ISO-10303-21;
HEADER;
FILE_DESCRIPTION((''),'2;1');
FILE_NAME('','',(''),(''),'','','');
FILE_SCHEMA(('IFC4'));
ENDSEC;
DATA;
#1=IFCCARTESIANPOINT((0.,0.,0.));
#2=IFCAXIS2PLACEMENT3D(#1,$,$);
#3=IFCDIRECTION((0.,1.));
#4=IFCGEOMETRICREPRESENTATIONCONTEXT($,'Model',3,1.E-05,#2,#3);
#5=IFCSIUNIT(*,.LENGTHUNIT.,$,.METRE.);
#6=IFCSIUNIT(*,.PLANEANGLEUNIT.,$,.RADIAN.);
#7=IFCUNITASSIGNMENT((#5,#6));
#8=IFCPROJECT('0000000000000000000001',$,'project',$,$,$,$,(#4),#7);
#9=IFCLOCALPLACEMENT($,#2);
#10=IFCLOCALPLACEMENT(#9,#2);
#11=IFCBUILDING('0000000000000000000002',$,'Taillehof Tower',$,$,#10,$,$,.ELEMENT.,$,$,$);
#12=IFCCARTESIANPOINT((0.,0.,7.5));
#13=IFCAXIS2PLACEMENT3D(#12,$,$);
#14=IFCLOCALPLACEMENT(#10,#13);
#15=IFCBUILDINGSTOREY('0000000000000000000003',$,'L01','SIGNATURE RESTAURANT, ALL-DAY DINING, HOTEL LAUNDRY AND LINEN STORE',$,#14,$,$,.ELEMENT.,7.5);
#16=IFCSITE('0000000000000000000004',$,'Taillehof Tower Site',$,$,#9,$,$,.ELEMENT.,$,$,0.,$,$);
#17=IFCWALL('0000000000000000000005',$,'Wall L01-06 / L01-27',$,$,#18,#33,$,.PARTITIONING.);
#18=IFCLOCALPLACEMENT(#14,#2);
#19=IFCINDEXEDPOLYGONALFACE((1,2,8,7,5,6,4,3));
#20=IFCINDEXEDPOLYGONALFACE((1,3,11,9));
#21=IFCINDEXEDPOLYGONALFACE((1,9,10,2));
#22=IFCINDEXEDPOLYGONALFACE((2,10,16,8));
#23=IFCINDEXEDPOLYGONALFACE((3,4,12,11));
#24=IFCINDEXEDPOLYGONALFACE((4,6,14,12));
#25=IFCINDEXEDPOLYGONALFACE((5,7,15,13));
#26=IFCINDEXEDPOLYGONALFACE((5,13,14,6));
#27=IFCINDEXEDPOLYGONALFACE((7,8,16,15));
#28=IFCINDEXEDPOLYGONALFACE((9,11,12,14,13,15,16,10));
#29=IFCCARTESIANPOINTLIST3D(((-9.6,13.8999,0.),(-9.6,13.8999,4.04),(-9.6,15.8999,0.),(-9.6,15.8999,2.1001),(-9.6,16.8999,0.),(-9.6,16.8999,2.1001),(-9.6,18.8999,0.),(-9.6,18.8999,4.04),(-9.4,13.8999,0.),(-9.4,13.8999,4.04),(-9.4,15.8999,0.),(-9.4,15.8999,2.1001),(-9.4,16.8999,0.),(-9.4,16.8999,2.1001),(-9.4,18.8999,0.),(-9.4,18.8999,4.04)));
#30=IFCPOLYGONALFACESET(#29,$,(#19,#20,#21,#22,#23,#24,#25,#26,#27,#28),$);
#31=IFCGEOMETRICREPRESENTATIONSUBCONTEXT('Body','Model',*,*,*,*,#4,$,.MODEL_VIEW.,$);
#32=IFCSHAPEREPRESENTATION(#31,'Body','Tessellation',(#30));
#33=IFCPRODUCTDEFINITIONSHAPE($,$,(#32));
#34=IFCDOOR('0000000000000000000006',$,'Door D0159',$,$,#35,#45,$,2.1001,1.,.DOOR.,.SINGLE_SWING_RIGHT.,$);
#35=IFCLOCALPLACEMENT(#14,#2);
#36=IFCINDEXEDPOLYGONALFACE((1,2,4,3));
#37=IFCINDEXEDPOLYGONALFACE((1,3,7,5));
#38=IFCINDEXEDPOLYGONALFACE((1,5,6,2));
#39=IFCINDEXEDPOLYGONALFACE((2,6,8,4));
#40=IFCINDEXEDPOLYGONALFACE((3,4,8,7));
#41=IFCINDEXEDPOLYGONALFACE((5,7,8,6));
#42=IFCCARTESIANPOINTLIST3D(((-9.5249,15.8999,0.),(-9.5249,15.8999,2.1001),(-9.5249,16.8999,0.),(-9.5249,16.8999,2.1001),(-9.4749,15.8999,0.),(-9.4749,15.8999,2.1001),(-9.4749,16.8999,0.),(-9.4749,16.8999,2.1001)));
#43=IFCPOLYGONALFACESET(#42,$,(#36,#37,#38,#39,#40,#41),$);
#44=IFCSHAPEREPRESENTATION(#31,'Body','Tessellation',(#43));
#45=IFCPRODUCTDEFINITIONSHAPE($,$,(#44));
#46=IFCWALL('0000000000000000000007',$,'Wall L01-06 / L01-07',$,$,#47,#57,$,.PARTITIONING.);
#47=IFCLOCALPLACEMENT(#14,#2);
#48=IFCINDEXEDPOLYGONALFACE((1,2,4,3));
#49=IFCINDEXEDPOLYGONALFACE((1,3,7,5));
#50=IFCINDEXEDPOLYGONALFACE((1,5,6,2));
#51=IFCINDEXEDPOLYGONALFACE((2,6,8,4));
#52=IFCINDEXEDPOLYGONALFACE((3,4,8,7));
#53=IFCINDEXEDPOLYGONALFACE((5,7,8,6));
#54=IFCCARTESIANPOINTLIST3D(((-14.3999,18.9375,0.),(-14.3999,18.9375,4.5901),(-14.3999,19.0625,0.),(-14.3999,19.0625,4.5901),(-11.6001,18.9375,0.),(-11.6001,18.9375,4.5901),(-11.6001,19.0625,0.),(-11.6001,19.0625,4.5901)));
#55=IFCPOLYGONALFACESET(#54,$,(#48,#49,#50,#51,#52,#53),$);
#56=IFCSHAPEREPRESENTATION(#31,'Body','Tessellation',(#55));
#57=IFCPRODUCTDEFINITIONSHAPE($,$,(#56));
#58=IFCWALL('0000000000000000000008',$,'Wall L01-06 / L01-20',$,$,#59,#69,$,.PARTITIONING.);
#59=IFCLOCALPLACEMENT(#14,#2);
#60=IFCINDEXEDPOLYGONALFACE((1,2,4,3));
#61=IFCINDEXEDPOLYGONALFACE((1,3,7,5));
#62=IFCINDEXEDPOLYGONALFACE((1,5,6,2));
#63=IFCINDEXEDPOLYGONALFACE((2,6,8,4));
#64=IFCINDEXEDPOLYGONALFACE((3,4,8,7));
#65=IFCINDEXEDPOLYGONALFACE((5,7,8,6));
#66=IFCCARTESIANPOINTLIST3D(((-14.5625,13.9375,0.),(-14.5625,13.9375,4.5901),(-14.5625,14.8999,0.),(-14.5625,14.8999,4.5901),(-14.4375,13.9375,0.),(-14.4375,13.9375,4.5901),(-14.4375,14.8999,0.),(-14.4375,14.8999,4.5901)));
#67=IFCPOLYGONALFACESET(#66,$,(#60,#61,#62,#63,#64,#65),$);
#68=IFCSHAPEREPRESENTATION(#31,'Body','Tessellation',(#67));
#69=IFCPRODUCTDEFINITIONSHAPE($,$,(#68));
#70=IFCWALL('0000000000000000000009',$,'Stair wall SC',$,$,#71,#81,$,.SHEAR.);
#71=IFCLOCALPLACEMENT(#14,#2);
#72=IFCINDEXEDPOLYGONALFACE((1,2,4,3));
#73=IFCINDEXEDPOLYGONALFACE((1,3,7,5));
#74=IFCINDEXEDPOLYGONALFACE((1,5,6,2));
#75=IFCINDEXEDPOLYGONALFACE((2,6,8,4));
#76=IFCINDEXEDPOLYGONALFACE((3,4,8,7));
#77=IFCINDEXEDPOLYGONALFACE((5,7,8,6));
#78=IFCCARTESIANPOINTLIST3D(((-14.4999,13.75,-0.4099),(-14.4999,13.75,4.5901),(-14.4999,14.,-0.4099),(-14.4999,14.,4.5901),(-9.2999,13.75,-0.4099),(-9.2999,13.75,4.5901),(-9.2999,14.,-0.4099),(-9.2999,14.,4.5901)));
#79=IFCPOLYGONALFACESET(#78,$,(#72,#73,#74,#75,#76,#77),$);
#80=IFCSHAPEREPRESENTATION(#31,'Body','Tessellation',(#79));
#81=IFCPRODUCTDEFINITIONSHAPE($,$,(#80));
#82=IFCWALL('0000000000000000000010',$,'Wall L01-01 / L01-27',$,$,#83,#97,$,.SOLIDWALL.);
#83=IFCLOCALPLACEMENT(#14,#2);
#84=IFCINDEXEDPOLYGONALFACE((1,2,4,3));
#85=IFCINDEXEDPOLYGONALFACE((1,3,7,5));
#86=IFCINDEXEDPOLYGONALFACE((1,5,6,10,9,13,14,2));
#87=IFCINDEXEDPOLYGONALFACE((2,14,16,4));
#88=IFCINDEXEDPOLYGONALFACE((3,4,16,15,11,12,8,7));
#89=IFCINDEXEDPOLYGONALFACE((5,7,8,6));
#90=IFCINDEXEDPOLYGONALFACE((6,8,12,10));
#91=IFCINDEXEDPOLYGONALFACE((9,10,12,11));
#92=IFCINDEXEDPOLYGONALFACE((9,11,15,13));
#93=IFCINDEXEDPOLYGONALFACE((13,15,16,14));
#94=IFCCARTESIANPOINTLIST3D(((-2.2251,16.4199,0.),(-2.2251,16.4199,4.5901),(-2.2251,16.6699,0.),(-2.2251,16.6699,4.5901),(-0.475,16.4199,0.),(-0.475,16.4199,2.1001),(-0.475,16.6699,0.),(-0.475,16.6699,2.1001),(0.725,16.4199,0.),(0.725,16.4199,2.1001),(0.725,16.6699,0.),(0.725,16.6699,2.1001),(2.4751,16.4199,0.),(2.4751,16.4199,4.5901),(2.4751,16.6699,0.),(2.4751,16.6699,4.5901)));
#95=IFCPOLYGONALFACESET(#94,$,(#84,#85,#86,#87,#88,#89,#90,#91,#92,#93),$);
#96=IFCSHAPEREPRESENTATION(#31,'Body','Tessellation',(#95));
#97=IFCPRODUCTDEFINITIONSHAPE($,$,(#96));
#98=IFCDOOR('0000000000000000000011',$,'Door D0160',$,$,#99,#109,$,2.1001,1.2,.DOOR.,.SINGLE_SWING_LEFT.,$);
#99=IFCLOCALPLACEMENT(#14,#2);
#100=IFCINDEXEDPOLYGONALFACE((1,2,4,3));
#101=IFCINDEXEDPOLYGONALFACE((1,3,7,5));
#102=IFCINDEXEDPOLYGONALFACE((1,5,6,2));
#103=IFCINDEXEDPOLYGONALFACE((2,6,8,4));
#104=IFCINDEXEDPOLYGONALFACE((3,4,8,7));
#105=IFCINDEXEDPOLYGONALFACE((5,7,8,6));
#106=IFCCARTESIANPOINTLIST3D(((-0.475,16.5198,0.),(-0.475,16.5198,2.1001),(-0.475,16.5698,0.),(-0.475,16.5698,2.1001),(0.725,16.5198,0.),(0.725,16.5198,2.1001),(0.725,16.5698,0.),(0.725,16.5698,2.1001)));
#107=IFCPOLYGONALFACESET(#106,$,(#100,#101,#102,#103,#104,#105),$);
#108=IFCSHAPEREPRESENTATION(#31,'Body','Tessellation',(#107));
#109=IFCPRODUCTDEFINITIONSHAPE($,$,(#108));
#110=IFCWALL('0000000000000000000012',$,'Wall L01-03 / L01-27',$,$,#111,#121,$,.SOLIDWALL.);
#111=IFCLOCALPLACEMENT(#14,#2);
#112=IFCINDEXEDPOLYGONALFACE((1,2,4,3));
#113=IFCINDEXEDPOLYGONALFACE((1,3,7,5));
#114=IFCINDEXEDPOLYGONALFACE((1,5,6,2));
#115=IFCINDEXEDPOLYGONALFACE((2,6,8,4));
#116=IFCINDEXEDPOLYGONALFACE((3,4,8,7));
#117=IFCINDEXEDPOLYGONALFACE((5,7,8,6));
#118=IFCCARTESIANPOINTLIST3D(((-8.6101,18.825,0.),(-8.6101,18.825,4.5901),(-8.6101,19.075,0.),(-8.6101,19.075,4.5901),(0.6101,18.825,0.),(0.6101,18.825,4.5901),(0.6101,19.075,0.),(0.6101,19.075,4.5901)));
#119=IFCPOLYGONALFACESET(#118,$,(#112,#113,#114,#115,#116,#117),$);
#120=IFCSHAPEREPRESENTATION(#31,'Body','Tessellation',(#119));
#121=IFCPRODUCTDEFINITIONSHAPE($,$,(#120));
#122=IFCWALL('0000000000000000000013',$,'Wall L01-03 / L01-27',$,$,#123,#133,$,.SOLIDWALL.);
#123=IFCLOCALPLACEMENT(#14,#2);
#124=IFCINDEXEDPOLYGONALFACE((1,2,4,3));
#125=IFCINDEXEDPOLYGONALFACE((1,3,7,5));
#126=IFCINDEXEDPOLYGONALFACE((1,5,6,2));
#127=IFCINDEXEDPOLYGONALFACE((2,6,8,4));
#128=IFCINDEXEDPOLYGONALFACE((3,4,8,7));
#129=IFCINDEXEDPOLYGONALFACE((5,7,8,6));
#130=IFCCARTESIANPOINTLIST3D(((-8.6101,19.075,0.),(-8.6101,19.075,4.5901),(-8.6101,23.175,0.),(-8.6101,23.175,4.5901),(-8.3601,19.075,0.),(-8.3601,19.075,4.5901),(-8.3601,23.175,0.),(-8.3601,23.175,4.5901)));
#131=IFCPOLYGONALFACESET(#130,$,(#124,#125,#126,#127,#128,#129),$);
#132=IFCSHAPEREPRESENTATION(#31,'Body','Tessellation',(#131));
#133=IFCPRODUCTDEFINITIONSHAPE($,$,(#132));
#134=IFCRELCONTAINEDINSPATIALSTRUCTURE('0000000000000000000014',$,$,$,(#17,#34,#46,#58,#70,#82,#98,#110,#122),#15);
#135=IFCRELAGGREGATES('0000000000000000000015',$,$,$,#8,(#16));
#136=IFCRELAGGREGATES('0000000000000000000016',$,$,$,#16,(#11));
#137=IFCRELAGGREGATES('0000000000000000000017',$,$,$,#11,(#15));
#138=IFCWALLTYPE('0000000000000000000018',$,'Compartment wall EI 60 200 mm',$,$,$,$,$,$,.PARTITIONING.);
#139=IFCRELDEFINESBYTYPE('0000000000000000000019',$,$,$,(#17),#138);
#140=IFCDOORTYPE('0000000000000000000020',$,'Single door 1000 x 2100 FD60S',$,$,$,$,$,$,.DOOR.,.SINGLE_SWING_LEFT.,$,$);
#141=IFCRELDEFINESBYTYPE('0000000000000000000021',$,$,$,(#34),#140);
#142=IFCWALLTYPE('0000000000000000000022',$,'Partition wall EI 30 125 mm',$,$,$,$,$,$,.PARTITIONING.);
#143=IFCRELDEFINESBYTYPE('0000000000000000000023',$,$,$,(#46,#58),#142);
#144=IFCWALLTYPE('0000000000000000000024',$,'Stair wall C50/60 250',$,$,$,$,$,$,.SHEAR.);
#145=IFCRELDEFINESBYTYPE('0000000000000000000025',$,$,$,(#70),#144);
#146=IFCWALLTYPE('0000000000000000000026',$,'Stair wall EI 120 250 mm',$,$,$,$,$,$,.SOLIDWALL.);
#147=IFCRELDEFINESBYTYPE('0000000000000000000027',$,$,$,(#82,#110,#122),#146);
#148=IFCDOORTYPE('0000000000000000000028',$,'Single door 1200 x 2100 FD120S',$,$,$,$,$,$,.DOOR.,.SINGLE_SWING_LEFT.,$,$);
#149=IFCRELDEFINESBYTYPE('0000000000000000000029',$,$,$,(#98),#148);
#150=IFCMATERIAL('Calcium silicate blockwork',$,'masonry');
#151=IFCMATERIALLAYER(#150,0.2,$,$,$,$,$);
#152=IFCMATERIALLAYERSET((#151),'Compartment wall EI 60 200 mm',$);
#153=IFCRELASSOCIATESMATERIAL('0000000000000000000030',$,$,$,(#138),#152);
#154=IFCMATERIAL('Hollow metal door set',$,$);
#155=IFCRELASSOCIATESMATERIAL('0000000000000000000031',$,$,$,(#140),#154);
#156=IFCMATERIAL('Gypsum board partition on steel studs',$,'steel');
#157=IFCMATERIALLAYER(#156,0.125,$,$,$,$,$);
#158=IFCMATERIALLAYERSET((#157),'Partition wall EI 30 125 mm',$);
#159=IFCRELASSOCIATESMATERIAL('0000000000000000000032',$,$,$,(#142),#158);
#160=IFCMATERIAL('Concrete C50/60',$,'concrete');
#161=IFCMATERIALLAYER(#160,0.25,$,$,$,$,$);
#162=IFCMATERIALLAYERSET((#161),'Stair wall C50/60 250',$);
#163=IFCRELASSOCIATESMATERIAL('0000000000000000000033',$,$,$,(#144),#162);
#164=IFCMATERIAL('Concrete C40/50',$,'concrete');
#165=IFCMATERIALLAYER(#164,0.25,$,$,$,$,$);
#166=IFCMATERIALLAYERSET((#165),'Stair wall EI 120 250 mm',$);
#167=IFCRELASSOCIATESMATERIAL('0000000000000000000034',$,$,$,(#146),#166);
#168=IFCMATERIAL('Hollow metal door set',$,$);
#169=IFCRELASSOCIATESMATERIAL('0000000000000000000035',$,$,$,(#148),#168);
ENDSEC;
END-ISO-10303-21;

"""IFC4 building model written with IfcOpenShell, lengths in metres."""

from ifc_helpers import new_model, si_unit, direction, frame, frame_2d, origin, place, context, subcontext, project, spatial, rectangle, extrude, material, layer, layer_set, type_object, element, fill, save


model = new_model("IFC4")

# Units and contexts
model_context = context("Model", 3, precision=1e-05, world=origin(), true_north=direction((0.0, 1.0)))
body_context = subcontext(model_context, "Body", "Model", "MODEL_VIEW")
ifc_project = project(units=[si_unit("LENGTHUNIT", "METRE"), si_unit("PLANEANGLEUNIT", "RADIAN")], contexts=[model_context])

# Site, building, storey
site_placement = place(None, origin())
site = spatial("IfcSite", under=ifc_project, at=site_placement, Name="Taillehof Tower Site", CompositionType="ELEMENT", RefElevation=0.0)
building_placement = place(site_placement, origin())
building = spatial("IfcBuilding", under=site, at=building_placement, Name="Taillehof Tower", CompositionType="ELEMENT")
storey_placement = place(building_placement, frame((0.0, 0.0, 7.5)))
storey = spatial("IfcBuildingStorey", under=building, at=storey_placement, Name="L01", Description="SIGNATURE RESTAURANT, ALL-DAY DINING, HOTEL LAUNDRY AND LINEN STORE", CompositionType="ELEMENT", Elevation=7.5)

# Shared definitions
ifc_material_1 = material(Name="Calcium silicate blockwork", Category="masonry")
ifc_layer_1 = layer(ifc_material_1, 0.2)
ifc_layer_set_1 = layer_set([ifc_layer_1], Name="Compartment wall EI 60 200 mm")
wall_type_1 = type_object("IfcWallType", Name="Compartment wall EI 60 200 mm", PredefinedType="PARTITIONING", material=ifc_layer_set_1)

# Wall, opening, door
ifc_material_2 = material(Name="Hollow metal door set")
door_type_1 = type_object("IfcDoorType", Name="Single door 1000 x 2100 FD60S", OperationType="SINGLE_SWING_LEFT", PredefinedType="DOOR", material=ifc_material_2)
wall_1_placement = place(storey_placement, frame((-9.5, 13.8999, 0.0), z_axis=(0.0, 0.0, 1.0), x_axis=(0.0, 1.0, 0.0)))
wall_1 = element("IfcWall", 1, at=wall_1_placement, inside=storey, type_object=wall_type_1, Name="Wall L01-06 / L01-27", PredefinedType="PARTITIONING", context=body_context, shape_type="SweptSolid", body=[
    extrude(rectangle(XDim=5.0, YDim=0.2, at=frame_2d((2.5, 0.0))), origin(), (0.0, 0.0, 1.0), 4.04),
])
opening_1_placement = place(wall_1_placement, frame((2.0, 0.0, 0.0)))
opening_1 = element("IfcOpeningElement", 2, at=opening_1_placement, cuts=wall_1, PredefinedType="OPENING", context=body_context, shape_type="SweptSolid", body=[
    extrude(rectangle(XDim=1.0, YDim=2.1001, at=frame_2d((0.5, 1.05))), frame((0.0, 0.1099, 0.0), z_axis=(0.0, -1.0, 0.0), x_axis=(1.0, 0.0, 0.0)), (0.0, 0.0, 1.0), 0.22),
])
door_1_placement = place(opening_1_placement, origin())
door_1 = element("IfcDoor", 3, at=door_1_placement, inside=storey, type_object=door_type_1, Name="Door D0159", OperationType="SINGLE_SWING_RIGHT", OverallHeight=2.1001, OverallWidth=1.0, PredefinedType="DOOR", context=body_context, shape_type="SweptSolid", body=[
    extrude(rectangle(XDim=1.0, YDim=2.1001, at=frame_2d((0.5, 1.05))), frame((0.0, 0.0249, 0.0), z_axis=(0.0, -1.0, 0.0), x_axis=(1.0, 0.0, 0.0)), (0.0, 0.0, 1.0), 0.05),
])
fill(opening_1, door_1)

# Walls
ifc_material_3 = material(Name="Gypsum board partition on steel studs", Category="steel")
ifc_layer_2 = layer(ifc_material_3, 0.125)
ifc_layer_set_2 = layer_set([ifc_layer_2], Name="Partition wall EI 30 125 mm")
wall_type_2 = type_object("IfcWallType", Name="Partition wall EI 30 125 mm", PredefinedType="PARTITIONING", material=ifc_layer_set_2)
wall_2_placement = place(storey_placement, frame((-14.3999, 19.0, 0.0), z_axis=(0.0, 0.0, 1.0), x_axis=(1.0, 0.0, 0.0)))
element("IfcWall", 4, at=wall_2_placement, inside=storey, type_object=wall_type_2, Name="Wall L01-06 / L01-07", PredefinedType="PARTITIONING", context=body_context, shape_type="SweptSolid", body=[
    extrude(rectangle(XDim=2.7998, YDim=0.125, at=frame_2d((1.3999, 0.0))), origin(), (0.0, 0.0, 1.0), 4.5901),
])
wall_3_placement = place(storey_placement, frame((-14.5, 13.9375, 0.0), z_axis=(0.0, 0.0, 1.0), x_axis=(0.0, 1.0, 0.0)))
element("IfcWall", 5, at=wall_3_placement, inside=storey, type_object=wall_type_2, Name="Wall L01-06 / L01-20", PredefinedType="PARTITIONING", context=body_context, shape_type="SweptSolid", body=[
    extrude(rectangle(XDim=0.9624, YDim=0.125, at=frame_2d((0.4812, 0.0))), origin(), (0.0, 0.0, 1.0), 4.5901),
])
ifc_material_4 = material(Name="Concrete C50/60", Category="concrete")
ifc_layer_3 = layer(ifc_material_4, 0.25)
ifc_layer_set_3 = layer_set([ifc_layer_3], Name="Stair wall C50/60 250")
wall_type_3 = type_object("IfcWallType", Name="Stair wall C50/60 250", PredefinedType="SHEAR", material=ifc_layer_set_3)
wall_4_placement = place(storey_placement, frame((-14.5, 13.875, -0.4099), z_axis=(0.0, 0.0, 1.0), x_axis=(1.0, 0.0, 0.0)))
element("IfcWall", 6, at=wall_4_placement, inside=storey, type_object=wall_type_3, Name="Stair wall SC", PredefinedType="SHEAR", context=body_context, shape_type="SweptSolid", body=[
    extrude(rectangle(XDim=5.2, YDim=0.25, at=frame_2d((2.6001, 0.0))), origin(), (0.0, 0.0, 1.0), 5.0),
])

# Wall, opening, door
ifc_material_5 = material(Name="Concrete C40/50", Category="concrete")
ifc_layer_4 = layer(ifc_material_5, 0.25)
ifc_layer_set_4 = layer_set([ifc_layer_4], Name="Stair wall EI 120 250 mm")
wall_type_4 = type_object("IfcWallType", Name="Stair wall EI 120 250 mm", PredefinedType="SOLIDWALL", material=ifc_layer_set_4)
wall_5_placement = place(storey_placement, frame((-2.2251, 16.5449, 0.0), z_axis=(0.0, 0.0, 1.0), x_axis=(1.0, 0.0, 0.0)))
wall_5 = element("IfcWall", 7, at=wall_5_placement, inside=storey, type_object=wall_type_4, Name="Wall L01-01 / L01-27", PredefinedType="SOLIDWALL", context=body_context, shape_type="SweptSolid", body=[
    extrude(rectangle(XDim=4.7002, YDim=0.25, at=frame_2d((2.3501, 0.0))), origin(), (0.0, 0.0, 1.0), 4.5901),
])
opening_2_placement = place(wall_5_placement, frame((1.75, 0.0, 0.0)))
opening_2 = element("IfcOpeningElement", 8, at=opening_2_placement, cuts=wall_5, PredefinedType="OPENING", context=body_context, shape_type="SweptSolid", body=[
    extrude(rectangle(XDim=1.2, YDim=2.1001, at=frame_2d((0.6001, 1.05))), frame((0.0, 0.135, 0.0), z_axis=(0.0, -1.0, 0.0), x_axis=(1.0, 0.0, 0.0)), (0.0, 0.0, 1.0), 0.27),
])
ifc_material_6 = material(Name="Hollow metal door set")
door_type_2 = type_object("IfcDoorType", Name="Single door 1200 x 2100 FD120S", OperationType="SINGLE_SWING_LEFT", PredefinedType="DOOR", material=ifc_material_6)
door_2_placement = place(opening_2_placement, origin())
door_2 = element("IfcDoor", 9, at=door_2_placement, inside=storey, type_object=door_type_2, Name="Door D0160", OperationType="SINGLE_SWING_LEFT", OverallHeight=2.1001, OverallWidth=1.2, PredefinedType="DOOR", context=body_context, shape_type="SweptSolid", body=[
    extrude(rectangle(XDim=1.2, YDim=2.1001, at=frame_2d((0.6001, 1.05))), frame((0.0, 0.0249, 0.0), z_axis=(0.0, -1.0, 0.0), x_axis=(1.0, 0.0, 0.0)), (0.0, 0.0, 1.0), 0.05),
])
fill(opening_2, door_2)

# Walls
wall_6_placement = place(storey_placement, frame((-8.6101, 18.95, 0.0), z_axis=(0.0, 0.0, 1.0), x_axis=(1.0, 0.0, 0.0)))
element("IfcWall", 10, at=wall_6_placement, inside=storey, type_object=wall_type_4, Name="Wall L01-03 / L01-27", PredefinedType="SOLIDWALL", context=body_context, shape_type="SweptSolid", body=[
    extrude(rectangle(XDim=9.2202, YDim=0.25, at=frame_2d((4.6101, 0.0))), origin(), (0.0, 0.0, 1.0), 4.5901),
])
wall_7_placement = place(storey_placement, frame((-8.4851, 19.075, 0.0), z_axis=(0.0, 0.0, 1.0), x_axis=(0.0, 1.0, 0.0)))
element("IfcWall", 11, at=wall_7_placement, inside=storey, type_object=wall_type_4, Name="Wall L01-03 / L01-27", PredefinedType="SOLIDWALL", context=body_context, shape_type="SweptSolid", body=[
    extrude(rectangle(XDim=4.1001, YDim=0.25, at=frame_2d((2.05, 0.0))), origin(), (0.0, 0.0, 1.0), 4.5901),
])

save(model, "model.ifc")
